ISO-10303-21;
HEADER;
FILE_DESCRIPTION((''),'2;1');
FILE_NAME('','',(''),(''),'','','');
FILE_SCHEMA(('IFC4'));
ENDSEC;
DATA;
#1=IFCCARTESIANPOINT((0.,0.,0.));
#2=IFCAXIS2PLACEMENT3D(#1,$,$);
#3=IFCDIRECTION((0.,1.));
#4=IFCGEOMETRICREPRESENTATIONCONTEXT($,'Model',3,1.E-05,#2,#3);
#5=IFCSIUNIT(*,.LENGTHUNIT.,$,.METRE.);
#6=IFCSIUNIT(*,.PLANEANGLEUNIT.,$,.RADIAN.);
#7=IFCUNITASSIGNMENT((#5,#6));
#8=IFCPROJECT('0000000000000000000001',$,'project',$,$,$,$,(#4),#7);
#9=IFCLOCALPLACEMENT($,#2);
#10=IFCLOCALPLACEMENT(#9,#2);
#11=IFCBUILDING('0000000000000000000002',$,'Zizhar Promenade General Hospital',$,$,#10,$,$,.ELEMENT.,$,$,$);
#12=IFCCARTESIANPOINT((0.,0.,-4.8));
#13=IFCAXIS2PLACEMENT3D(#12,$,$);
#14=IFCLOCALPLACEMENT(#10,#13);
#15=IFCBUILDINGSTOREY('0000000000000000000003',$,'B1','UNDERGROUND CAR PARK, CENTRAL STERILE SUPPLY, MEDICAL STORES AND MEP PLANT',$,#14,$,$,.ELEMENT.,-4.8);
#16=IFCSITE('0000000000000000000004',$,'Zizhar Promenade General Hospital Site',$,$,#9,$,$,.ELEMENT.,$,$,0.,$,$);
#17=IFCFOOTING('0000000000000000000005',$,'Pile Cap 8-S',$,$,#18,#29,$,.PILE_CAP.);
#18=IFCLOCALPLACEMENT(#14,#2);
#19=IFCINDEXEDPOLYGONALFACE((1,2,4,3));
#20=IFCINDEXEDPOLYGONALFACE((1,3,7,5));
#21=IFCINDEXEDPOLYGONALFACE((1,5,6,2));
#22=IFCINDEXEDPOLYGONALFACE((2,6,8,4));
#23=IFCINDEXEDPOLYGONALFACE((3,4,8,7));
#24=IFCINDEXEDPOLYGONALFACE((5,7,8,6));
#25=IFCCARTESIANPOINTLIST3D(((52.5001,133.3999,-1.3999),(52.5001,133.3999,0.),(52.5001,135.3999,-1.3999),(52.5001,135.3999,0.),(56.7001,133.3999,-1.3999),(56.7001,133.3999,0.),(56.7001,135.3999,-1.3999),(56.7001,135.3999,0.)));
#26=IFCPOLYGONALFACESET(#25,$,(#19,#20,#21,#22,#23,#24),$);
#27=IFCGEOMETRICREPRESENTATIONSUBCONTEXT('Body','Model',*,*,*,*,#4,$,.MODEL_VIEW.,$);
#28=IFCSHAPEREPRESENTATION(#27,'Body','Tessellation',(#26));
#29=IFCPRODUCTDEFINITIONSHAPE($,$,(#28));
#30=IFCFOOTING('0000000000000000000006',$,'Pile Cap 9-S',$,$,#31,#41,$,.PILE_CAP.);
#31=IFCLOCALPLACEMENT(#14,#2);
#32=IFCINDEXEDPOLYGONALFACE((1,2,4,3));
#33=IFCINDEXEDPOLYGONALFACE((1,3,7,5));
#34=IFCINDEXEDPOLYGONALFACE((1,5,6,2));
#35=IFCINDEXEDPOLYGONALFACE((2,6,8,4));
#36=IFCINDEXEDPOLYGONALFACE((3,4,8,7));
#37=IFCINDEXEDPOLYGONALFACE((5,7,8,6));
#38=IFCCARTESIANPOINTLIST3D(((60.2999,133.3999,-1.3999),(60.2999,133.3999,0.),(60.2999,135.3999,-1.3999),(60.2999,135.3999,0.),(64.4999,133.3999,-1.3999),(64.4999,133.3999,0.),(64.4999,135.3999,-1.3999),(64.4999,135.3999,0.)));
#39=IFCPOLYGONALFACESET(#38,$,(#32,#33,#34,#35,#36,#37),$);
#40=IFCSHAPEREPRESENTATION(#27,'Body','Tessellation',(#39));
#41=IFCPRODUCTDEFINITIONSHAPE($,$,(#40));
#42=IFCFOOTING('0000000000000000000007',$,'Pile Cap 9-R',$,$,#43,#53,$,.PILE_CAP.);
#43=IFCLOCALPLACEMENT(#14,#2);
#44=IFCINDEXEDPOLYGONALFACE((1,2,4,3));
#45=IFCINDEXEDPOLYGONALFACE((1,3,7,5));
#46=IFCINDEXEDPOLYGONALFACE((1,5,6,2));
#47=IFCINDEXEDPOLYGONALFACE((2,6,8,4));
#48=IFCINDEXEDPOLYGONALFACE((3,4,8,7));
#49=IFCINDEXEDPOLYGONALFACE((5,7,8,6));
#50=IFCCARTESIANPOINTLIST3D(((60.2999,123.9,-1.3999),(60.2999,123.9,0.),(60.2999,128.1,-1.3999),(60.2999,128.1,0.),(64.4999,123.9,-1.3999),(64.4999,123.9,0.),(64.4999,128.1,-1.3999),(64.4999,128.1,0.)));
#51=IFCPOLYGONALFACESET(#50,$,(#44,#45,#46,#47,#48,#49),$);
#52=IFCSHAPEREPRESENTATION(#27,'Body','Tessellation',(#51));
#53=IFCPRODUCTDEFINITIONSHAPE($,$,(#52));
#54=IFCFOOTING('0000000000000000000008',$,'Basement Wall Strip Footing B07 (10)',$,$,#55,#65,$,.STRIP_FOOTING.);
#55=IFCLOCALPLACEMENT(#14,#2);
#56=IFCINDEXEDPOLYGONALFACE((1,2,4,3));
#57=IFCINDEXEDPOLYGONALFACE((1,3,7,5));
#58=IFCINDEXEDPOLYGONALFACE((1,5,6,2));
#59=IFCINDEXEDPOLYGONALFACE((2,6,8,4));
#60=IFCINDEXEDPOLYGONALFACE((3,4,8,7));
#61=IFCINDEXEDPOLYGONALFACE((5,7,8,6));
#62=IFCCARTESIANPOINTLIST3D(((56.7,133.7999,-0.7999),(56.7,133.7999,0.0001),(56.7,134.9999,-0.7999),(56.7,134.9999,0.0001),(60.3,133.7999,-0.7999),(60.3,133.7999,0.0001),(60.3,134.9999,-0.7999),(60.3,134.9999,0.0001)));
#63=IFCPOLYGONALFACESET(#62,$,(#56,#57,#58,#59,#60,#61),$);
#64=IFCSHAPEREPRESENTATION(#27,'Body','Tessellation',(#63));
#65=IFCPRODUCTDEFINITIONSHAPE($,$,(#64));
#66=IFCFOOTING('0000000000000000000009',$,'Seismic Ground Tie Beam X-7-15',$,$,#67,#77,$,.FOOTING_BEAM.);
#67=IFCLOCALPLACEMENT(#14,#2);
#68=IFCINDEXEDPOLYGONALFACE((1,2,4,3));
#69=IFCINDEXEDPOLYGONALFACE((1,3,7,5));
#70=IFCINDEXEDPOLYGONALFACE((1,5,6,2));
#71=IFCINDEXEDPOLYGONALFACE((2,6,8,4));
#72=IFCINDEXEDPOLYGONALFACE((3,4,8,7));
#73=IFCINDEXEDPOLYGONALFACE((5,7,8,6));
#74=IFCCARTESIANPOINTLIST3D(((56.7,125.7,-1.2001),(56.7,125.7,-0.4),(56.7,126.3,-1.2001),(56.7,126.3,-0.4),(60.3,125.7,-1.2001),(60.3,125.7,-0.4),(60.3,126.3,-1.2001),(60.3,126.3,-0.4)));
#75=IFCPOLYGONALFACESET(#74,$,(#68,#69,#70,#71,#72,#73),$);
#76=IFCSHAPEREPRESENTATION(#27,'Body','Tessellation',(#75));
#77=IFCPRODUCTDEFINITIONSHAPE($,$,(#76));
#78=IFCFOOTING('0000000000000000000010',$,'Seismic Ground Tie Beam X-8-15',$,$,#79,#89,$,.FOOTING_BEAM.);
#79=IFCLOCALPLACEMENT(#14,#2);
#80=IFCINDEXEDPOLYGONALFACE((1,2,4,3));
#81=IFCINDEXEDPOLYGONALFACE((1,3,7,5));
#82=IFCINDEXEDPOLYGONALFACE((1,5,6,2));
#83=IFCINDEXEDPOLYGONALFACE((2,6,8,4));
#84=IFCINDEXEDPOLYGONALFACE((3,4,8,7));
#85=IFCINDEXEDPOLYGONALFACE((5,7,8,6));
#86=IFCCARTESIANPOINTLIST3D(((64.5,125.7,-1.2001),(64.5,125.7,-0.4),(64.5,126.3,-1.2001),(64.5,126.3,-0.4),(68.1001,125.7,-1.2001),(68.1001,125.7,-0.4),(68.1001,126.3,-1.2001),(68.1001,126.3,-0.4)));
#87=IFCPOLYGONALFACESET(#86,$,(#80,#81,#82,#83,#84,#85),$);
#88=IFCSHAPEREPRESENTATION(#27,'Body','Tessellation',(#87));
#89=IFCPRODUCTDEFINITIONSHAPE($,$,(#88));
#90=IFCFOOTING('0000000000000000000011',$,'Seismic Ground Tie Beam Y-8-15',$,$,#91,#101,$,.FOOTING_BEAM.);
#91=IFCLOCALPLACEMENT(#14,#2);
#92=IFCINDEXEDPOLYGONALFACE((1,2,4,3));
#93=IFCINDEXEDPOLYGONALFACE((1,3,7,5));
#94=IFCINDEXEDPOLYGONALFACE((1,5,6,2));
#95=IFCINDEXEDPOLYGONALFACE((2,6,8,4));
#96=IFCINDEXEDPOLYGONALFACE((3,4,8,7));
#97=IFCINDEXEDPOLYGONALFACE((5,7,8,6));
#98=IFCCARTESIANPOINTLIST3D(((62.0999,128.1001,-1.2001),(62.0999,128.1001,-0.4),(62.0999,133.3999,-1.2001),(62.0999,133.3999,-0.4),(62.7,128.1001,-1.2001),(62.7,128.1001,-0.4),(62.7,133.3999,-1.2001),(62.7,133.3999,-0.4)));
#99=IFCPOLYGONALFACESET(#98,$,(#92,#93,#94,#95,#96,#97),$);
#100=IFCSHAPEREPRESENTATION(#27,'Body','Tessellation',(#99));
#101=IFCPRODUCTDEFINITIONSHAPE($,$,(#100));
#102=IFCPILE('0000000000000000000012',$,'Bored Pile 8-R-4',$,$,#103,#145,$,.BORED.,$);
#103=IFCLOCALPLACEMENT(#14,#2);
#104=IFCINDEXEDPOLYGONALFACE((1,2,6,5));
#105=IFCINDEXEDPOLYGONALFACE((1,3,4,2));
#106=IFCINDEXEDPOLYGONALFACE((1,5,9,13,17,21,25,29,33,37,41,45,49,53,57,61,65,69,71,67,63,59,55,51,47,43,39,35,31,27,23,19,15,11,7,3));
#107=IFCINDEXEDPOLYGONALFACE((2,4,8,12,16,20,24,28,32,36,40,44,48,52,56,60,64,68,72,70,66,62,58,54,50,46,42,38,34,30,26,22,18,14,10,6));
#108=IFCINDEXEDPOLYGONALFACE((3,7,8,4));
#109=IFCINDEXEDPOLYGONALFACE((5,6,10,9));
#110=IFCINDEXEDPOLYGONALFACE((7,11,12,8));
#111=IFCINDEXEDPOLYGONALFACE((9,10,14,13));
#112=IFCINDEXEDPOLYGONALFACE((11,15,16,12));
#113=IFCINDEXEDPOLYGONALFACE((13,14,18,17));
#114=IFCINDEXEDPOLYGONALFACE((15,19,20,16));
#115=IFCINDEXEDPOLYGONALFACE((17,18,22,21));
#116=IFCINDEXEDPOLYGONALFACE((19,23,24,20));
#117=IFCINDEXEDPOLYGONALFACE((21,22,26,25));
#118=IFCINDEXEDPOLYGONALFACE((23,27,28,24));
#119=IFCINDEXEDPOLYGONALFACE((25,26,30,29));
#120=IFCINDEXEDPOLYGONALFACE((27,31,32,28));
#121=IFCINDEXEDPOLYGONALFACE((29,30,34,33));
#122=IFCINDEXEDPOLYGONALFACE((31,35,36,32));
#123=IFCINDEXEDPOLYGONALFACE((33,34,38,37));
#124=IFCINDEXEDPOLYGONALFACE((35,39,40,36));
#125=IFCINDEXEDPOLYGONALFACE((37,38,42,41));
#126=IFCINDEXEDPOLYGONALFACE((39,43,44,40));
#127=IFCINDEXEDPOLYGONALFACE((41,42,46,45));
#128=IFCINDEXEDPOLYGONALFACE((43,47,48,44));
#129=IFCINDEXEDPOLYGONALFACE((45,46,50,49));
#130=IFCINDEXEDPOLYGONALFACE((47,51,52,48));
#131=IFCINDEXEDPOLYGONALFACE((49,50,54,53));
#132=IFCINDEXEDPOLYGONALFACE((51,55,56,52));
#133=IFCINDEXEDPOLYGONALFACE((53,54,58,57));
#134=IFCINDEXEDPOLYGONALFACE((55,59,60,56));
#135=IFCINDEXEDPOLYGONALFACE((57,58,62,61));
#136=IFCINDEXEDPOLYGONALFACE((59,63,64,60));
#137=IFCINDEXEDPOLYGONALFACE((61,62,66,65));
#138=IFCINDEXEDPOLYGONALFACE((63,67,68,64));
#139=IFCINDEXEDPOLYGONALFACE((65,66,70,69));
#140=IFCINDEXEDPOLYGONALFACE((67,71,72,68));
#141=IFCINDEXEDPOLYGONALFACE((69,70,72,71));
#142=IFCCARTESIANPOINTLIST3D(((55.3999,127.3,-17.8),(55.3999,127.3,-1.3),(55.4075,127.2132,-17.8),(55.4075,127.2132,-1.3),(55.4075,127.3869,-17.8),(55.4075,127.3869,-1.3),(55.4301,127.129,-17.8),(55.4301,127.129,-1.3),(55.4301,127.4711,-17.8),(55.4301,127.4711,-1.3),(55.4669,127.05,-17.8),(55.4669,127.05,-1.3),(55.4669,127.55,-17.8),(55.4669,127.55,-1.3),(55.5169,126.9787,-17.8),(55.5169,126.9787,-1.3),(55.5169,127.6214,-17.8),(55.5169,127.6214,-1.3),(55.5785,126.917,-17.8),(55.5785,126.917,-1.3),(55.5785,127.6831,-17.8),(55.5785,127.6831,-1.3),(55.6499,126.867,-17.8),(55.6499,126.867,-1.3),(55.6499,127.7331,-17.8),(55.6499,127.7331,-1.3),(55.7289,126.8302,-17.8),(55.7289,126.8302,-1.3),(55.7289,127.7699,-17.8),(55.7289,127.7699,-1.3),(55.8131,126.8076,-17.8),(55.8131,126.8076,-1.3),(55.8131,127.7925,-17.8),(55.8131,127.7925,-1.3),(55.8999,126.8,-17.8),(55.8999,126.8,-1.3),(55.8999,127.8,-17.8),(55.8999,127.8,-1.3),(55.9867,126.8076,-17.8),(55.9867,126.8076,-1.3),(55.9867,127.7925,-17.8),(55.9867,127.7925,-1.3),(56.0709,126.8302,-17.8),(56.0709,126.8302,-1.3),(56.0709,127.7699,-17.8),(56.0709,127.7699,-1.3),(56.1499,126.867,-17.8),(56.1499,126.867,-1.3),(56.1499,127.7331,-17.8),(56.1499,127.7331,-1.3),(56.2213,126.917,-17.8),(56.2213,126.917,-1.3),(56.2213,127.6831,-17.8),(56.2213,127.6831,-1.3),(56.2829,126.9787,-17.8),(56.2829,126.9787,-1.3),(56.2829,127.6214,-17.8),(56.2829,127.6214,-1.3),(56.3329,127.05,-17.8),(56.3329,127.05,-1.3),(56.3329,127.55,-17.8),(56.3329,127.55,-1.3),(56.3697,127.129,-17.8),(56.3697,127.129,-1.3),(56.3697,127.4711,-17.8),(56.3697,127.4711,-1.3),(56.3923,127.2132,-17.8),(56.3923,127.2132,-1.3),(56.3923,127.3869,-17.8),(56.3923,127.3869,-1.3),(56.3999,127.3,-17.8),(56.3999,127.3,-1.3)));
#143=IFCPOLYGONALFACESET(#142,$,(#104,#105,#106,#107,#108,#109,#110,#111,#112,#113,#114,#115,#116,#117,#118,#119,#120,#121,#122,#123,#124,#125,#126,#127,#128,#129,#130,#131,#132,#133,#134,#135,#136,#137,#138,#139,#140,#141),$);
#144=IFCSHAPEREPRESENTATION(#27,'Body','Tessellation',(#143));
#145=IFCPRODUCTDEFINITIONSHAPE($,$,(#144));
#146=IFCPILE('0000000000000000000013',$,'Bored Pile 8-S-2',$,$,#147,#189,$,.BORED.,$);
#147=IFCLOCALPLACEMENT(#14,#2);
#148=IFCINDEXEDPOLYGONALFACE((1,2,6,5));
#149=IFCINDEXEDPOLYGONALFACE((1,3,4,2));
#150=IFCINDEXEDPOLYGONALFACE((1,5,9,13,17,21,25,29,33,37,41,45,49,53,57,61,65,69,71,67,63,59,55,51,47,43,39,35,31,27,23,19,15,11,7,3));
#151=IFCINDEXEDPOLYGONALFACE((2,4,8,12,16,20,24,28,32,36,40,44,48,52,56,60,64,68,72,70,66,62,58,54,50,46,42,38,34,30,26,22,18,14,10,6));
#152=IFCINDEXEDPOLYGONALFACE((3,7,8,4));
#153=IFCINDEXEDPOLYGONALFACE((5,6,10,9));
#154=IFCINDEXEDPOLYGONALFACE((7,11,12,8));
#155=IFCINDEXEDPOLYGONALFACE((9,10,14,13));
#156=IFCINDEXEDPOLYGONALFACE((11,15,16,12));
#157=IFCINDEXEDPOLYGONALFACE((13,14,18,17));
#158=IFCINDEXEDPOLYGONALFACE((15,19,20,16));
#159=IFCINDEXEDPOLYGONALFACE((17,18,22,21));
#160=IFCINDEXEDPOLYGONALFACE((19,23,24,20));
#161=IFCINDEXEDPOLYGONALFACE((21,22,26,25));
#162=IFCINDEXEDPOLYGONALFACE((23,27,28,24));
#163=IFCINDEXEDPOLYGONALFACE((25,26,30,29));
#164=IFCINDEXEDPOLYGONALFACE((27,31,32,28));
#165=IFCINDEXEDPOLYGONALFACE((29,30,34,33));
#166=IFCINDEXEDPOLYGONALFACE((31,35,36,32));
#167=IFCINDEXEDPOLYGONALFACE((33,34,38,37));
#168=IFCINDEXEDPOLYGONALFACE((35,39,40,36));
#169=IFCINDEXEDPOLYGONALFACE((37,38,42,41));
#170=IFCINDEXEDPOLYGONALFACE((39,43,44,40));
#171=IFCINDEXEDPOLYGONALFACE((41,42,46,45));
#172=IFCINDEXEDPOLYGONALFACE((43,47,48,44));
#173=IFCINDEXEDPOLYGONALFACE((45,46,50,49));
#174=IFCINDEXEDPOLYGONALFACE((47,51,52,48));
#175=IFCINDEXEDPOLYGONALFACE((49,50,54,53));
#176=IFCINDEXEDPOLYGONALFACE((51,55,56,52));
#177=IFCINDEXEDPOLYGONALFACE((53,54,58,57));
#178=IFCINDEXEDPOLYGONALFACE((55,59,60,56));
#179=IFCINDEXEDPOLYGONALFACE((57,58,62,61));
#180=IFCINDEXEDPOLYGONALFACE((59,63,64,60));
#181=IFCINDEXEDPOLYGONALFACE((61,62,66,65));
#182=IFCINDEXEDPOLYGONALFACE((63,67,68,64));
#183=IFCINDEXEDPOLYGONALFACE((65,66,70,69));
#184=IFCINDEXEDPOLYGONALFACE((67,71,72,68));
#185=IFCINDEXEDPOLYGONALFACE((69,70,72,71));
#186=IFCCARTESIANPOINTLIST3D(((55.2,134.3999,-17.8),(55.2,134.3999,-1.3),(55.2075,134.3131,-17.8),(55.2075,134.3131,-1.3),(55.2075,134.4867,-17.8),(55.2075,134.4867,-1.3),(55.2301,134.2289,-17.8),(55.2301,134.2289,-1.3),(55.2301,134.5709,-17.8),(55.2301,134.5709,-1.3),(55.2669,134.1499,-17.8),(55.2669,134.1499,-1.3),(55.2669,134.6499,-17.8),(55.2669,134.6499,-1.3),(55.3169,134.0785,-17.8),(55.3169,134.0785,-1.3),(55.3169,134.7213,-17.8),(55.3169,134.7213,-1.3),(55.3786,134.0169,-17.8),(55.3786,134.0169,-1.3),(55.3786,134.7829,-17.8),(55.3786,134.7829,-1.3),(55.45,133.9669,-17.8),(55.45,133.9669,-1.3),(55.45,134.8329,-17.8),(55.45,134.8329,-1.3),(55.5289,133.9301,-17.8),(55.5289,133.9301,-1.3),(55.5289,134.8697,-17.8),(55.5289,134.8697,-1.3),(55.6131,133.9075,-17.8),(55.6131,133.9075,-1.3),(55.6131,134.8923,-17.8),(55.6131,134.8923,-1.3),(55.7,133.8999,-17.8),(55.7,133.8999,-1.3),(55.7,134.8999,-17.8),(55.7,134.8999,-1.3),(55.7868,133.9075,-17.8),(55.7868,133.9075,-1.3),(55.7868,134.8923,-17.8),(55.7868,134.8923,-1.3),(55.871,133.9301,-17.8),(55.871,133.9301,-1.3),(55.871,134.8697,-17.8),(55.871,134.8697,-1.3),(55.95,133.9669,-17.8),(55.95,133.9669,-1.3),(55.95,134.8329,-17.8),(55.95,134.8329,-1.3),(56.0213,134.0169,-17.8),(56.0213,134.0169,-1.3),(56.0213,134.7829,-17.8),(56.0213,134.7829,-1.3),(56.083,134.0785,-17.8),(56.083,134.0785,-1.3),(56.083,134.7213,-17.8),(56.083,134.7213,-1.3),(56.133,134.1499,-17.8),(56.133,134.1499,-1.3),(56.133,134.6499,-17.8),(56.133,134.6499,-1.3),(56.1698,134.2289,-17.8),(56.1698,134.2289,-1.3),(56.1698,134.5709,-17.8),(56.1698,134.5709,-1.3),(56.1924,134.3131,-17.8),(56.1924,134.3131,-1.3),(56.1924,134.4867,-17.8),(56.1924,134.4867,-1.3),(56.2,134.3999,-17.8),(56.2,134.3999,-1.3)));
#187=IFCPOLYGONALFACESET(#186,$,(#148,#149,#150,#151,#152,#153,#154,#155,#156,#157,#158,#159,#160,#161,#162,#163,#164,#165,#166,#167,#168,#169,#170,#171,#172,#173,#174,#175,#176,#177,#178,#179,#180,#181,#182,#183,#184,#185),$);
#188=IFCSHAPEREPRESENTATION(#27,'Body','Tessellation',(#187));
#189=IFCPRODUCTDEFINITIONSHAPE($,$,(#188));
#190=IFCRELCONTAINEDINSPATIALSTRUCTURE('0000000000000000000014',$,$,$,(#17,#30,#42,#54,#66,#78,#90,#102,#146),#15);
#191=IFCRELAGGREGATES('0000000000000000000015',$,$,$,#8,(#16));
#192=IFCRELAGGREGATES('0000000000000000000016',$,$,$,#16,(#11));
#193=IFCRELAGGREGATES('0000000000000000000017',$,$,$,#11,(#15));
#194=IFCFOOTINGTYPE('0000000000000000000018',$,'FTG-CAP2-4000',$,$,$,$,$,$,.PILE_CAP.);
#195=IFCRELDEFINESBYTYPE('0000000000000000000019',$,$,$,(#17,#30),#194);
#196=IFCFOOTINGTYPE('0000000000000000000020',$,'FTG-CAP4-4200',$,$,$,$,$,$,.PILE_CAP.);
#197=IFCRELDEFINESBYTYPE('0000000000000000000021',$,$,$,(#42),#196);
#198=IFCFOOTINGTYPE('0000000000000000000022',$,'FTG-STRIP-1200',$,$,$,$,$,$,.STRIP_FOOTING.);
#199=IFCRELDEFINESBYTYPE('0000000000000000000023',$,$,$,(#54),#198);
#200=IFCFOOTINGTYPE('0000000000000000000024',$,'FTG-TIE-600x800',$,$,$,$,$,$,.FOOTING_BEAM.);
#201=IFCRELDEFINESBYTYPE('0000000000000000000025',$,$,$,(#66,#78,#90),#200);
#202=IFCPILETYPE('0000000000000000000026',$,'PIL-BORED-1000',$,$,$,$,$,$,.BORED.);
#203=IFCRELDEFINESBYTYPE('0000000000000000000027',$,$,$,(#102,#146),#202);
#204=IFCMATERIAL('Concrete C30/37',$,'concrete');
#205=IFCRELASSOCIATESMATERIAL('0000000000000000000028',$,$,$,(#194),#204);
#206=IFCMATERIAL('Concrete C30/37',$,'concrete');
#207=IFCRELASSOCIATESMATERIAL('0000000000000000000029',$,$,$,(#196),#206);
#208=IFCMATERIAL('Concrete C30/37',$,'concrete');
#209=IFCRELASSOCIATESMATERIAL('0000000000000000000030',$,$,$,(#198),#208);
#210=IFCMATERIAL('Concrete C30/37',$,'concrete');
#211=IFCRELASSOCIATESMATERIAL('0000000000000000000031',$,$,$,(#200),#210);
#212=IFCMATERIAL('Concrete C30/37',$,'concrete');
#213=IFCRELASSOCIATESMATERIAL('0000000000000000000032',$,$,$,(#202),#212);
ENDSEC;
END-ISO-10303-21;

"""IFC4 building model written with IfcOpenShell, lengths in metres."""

from ifc_helpers import new_model, si_unit, direction, frame, origin, origin_2d, place, context, subcontext, project, spatial, rectangle, circle, extrude, material, material_profile, profile_set, type_object, element, save


model = new_model("IFC4")

# Units and contexts
model_context = context("Model", 3, precision=1e-05, world=origin(), true_north=direction((0.0, 1.0)))
body_context = subcontext(model_context, "Body", "Model", "MODEL_VIEW")
ifc_project = project(units=[si_unit("LENGTHUNIT", "METRE"), si_unit("PLANEANGLEUNIT", "RADIAN")], contexts=[model_context])

# Site, building, storey
site_placement = place(None, origin())
site = spatial("IfcSite", under=ifc_project, at=site_placement, Name="Zizhar Promenade General Hospital Site", CompositionType="ELEMENT", RefElevation=0.0)
building_placement = place(site_placement, origin())
building = spatial("IfcBuilding", under=site, at=building_placement, Name="Zizhar Promenade General Hospital", CompositionType="ELEMENT")
storey_placement = place(building_placement, frame((0.0, 0.0, -4.8)))
storey = spatial("IfcBuildingStorey", under=building, at=storey_placement, Name="B1", Description="UNDERGROUND CAR PARK, CENTRAL STERILE SUPPLY, MEDICAL STORES AND MEP PLANT", CompositionType="ELEMENT", Elevation=-4.8)

# Footings
ifc_material_1 = material(Name="Concrete C30/37", Category="concrete")
footing_type_1 = type_object("IfcFootingType", Name="FTG-CAP2-4000", PredefinedType="PILE_CAP", material=ifc_material_1)
for number, where, z_axis, x_axis, name in (
    (1, (54.6001, 134.3999, -1.3999), (0.0, 0.0, 1.0), (1.0, 0.0, 0.0), "Pile Cap 8-S"),
    (2, (62.3999, 134.3999, -1.3999), (0.0, 0.0, 1.0), (1.0, 0.0, 0.0), "Pile Cap 9-S"),
):
    element("IfcFooting", number, at=place(storey_placement, frame(where, z_axis=z_axis, x_axis=x_axis)), inside=storey, type_object=footing_type_1, Name=name, PredefinedType="PILE_CAP", context=body_context, shape_type="SweptSolid", body=[
        extrude(rectangle(XDim=4.2, YDim=2.0, at=origin_2d()), origin(), (0.0, 0.0, 1.0), 1.3999),
    ])
ifc_material_2 = material(Name="Concrete C30/37", Category="concrete")
footing_type_2 = type_object("IfcFootingType", Name="FTG-CAP4-4200", PredefinedType="PILE_CAP", material=ifc_material_2)
footing_1_placement = place(storey_placement, frame((62.3999, 126.0, -1.3999), z_axis=(0.0, 0.0, 1.0), x_axis=(1.0, 0.0, 0.0)))
element("IfcFooting", 3, at=footing_1_placement, inside=storey, type_object=footing_type_2, Name="Pile Cap 9-R", PredefinedType="PILE_CAP", context=body_context, shape_type="SweptSolid", body=[
    extrude(rectangle(XDim=4.2, YDim=4.2, at=origin_2d()), origin(), (0.0, 0.0, 1.0), 1.3999),
])
ifc_material_3 = material(Name="Concrete C30/37", Category="concrete")
ifc_material_profile_1 = material_profile(ifc_material_3, rectangle(XDim=1.2, YDim=0.8, at=origin_2d()))
ifc_profile_set_1 = profile_set([ifc_material_profile_1], Name="Concrete C30/37")
footing_type_3 = type_object("IfcFootingType", Name="FTG-STRIP-1200", PredefinedType="STRIP_FOOTING", material=ifc_profile_set_1)
footing_2_placement = place(storey_placement, frame((60.3, 134.3999, -0.3999), z_axis=(-1.0, 0.0, 0.0), x_axis=(0.0, -1.0, 0.0)))
element("IfcFooting", 4, at=footing_2_placement, inside=storey, type_object=footing_type_3, Name="Basement Wall Strip Footing B07 (10)", PredefinedType="STRIP_FOOTING", context=body_context, shape_type="SweptSolid", body=[
    extrude(rectangle(XDim=1.2, YDim=0.8, at=origin_2d()), origin(), (0.0, 0.0, 1.0), 3.6001),
])
ifc_material_4 = material(Name="Concrete C30/37", Category="concrete")
ifc_material_profile_2 = material_profile(ifc_material_4, rectangle(XDim=0.6001, YDim=0.8, at=origin_2d()))
ifc_profile_set_2 = profile_set([ifc_material_profile_2], Name="Concrete C30/37")
footing_type_4 = type_object("IfcFootingType", Name="FTG-TIE-600x800", PredefinedType="FOOTING_BEAM", material=ifc_profile_set_2)
for number, where, z_axis, x_axis, name in (
    (5, (56.7, 126.0, -0.8), (1.0, 0.0, 0.0), (0.0, 1.0, 0.0), "Seismic Ground Tie Beam X-7-15"),
    (6, (64.5, 126.0, -0.8), (1.0, 0.0, 0.0), (0.0, 1.0, 0.0), "Seismic Ground Tie Beam X-8-15"),
):
    element("IfcFooting", number, at=place(storey_placement, frame(where, z_axis=z_axis, x_axis=x_axis)), inside=storey, type_object=footing_type_4, Name=name, PredefinedType="FOOTING_BEAM", context=body_context, shape_type="SweptSolid", body=[
        extrude(rectangle(XDim=0.6001, YDim=0.8, at=origin_2d()), origin(), (0.0, 0.0, 1.0), 3.6001),
    ])
footing_3_placement = place(storey_placement, frame((62.3999, 128.1001, -0.8), z_axis=(0.0, 1.0, 0.0), x_axis=(-1.0, 0.0, 0.0)))
element("IfcFooting", 7, at=footing_3_placement, inside=storey, type_object=footing_type_4, Name="Seismic Ground Tie Beam Y-8-15", PredefinedType="FOOTING_BEAM", context=body_context, shape_type="SweptSolid", body=[
    extrude(rectangle(XDim=0.6001, YDim=0.8, at=origin_2d()), origin(), (0.0, 0.0, 1.0), 5.2998),
])

# Piles
ifc_material_5 = material(Name="Concrete C30/37", Category="concrete")
ifc_material_profile_3 = material_profile(ifc_material_5, circle(Radius=0.5, at=origin_2d()))
ifc_profile_set_3 = profile_set([ifc_material_profile_3], Name="Concrete C30/37")
pile_type = type_object("IfcPileType", Name="PIL-BORED-1000", PredefinedType="BORED", material=ifc_profile_set_3)
for number, where, z_axis, x_axis, name in (
    (8, (55.8999, 127.3, -1.3), (0.0, 0.0, -1.0), (1.0, 0.0, 0.0), "Bored Pile 8-R-4"),
    (9, (55.7, 134.3999, -1.3), (0.0, 0.0, -1.0), (1.0, 0.0, 0.0), "Bored Pile 8-S-2"),
):
    element("IfcPile", number, at=place(storey_placement, frame(where, z_axis=z_axis, x_axis=x_axis)), inside=storey, type_object=pile_type, Name=name, PredefinedType="BORED", context=body_context, shape_type="SweptSolid", body=[
        extrude(circle(Radius=0.5, at=origin_2d()), origin(), (0.0, 0.0, 1.0), 16.5),
    ])

save(model, "model.ifc")
